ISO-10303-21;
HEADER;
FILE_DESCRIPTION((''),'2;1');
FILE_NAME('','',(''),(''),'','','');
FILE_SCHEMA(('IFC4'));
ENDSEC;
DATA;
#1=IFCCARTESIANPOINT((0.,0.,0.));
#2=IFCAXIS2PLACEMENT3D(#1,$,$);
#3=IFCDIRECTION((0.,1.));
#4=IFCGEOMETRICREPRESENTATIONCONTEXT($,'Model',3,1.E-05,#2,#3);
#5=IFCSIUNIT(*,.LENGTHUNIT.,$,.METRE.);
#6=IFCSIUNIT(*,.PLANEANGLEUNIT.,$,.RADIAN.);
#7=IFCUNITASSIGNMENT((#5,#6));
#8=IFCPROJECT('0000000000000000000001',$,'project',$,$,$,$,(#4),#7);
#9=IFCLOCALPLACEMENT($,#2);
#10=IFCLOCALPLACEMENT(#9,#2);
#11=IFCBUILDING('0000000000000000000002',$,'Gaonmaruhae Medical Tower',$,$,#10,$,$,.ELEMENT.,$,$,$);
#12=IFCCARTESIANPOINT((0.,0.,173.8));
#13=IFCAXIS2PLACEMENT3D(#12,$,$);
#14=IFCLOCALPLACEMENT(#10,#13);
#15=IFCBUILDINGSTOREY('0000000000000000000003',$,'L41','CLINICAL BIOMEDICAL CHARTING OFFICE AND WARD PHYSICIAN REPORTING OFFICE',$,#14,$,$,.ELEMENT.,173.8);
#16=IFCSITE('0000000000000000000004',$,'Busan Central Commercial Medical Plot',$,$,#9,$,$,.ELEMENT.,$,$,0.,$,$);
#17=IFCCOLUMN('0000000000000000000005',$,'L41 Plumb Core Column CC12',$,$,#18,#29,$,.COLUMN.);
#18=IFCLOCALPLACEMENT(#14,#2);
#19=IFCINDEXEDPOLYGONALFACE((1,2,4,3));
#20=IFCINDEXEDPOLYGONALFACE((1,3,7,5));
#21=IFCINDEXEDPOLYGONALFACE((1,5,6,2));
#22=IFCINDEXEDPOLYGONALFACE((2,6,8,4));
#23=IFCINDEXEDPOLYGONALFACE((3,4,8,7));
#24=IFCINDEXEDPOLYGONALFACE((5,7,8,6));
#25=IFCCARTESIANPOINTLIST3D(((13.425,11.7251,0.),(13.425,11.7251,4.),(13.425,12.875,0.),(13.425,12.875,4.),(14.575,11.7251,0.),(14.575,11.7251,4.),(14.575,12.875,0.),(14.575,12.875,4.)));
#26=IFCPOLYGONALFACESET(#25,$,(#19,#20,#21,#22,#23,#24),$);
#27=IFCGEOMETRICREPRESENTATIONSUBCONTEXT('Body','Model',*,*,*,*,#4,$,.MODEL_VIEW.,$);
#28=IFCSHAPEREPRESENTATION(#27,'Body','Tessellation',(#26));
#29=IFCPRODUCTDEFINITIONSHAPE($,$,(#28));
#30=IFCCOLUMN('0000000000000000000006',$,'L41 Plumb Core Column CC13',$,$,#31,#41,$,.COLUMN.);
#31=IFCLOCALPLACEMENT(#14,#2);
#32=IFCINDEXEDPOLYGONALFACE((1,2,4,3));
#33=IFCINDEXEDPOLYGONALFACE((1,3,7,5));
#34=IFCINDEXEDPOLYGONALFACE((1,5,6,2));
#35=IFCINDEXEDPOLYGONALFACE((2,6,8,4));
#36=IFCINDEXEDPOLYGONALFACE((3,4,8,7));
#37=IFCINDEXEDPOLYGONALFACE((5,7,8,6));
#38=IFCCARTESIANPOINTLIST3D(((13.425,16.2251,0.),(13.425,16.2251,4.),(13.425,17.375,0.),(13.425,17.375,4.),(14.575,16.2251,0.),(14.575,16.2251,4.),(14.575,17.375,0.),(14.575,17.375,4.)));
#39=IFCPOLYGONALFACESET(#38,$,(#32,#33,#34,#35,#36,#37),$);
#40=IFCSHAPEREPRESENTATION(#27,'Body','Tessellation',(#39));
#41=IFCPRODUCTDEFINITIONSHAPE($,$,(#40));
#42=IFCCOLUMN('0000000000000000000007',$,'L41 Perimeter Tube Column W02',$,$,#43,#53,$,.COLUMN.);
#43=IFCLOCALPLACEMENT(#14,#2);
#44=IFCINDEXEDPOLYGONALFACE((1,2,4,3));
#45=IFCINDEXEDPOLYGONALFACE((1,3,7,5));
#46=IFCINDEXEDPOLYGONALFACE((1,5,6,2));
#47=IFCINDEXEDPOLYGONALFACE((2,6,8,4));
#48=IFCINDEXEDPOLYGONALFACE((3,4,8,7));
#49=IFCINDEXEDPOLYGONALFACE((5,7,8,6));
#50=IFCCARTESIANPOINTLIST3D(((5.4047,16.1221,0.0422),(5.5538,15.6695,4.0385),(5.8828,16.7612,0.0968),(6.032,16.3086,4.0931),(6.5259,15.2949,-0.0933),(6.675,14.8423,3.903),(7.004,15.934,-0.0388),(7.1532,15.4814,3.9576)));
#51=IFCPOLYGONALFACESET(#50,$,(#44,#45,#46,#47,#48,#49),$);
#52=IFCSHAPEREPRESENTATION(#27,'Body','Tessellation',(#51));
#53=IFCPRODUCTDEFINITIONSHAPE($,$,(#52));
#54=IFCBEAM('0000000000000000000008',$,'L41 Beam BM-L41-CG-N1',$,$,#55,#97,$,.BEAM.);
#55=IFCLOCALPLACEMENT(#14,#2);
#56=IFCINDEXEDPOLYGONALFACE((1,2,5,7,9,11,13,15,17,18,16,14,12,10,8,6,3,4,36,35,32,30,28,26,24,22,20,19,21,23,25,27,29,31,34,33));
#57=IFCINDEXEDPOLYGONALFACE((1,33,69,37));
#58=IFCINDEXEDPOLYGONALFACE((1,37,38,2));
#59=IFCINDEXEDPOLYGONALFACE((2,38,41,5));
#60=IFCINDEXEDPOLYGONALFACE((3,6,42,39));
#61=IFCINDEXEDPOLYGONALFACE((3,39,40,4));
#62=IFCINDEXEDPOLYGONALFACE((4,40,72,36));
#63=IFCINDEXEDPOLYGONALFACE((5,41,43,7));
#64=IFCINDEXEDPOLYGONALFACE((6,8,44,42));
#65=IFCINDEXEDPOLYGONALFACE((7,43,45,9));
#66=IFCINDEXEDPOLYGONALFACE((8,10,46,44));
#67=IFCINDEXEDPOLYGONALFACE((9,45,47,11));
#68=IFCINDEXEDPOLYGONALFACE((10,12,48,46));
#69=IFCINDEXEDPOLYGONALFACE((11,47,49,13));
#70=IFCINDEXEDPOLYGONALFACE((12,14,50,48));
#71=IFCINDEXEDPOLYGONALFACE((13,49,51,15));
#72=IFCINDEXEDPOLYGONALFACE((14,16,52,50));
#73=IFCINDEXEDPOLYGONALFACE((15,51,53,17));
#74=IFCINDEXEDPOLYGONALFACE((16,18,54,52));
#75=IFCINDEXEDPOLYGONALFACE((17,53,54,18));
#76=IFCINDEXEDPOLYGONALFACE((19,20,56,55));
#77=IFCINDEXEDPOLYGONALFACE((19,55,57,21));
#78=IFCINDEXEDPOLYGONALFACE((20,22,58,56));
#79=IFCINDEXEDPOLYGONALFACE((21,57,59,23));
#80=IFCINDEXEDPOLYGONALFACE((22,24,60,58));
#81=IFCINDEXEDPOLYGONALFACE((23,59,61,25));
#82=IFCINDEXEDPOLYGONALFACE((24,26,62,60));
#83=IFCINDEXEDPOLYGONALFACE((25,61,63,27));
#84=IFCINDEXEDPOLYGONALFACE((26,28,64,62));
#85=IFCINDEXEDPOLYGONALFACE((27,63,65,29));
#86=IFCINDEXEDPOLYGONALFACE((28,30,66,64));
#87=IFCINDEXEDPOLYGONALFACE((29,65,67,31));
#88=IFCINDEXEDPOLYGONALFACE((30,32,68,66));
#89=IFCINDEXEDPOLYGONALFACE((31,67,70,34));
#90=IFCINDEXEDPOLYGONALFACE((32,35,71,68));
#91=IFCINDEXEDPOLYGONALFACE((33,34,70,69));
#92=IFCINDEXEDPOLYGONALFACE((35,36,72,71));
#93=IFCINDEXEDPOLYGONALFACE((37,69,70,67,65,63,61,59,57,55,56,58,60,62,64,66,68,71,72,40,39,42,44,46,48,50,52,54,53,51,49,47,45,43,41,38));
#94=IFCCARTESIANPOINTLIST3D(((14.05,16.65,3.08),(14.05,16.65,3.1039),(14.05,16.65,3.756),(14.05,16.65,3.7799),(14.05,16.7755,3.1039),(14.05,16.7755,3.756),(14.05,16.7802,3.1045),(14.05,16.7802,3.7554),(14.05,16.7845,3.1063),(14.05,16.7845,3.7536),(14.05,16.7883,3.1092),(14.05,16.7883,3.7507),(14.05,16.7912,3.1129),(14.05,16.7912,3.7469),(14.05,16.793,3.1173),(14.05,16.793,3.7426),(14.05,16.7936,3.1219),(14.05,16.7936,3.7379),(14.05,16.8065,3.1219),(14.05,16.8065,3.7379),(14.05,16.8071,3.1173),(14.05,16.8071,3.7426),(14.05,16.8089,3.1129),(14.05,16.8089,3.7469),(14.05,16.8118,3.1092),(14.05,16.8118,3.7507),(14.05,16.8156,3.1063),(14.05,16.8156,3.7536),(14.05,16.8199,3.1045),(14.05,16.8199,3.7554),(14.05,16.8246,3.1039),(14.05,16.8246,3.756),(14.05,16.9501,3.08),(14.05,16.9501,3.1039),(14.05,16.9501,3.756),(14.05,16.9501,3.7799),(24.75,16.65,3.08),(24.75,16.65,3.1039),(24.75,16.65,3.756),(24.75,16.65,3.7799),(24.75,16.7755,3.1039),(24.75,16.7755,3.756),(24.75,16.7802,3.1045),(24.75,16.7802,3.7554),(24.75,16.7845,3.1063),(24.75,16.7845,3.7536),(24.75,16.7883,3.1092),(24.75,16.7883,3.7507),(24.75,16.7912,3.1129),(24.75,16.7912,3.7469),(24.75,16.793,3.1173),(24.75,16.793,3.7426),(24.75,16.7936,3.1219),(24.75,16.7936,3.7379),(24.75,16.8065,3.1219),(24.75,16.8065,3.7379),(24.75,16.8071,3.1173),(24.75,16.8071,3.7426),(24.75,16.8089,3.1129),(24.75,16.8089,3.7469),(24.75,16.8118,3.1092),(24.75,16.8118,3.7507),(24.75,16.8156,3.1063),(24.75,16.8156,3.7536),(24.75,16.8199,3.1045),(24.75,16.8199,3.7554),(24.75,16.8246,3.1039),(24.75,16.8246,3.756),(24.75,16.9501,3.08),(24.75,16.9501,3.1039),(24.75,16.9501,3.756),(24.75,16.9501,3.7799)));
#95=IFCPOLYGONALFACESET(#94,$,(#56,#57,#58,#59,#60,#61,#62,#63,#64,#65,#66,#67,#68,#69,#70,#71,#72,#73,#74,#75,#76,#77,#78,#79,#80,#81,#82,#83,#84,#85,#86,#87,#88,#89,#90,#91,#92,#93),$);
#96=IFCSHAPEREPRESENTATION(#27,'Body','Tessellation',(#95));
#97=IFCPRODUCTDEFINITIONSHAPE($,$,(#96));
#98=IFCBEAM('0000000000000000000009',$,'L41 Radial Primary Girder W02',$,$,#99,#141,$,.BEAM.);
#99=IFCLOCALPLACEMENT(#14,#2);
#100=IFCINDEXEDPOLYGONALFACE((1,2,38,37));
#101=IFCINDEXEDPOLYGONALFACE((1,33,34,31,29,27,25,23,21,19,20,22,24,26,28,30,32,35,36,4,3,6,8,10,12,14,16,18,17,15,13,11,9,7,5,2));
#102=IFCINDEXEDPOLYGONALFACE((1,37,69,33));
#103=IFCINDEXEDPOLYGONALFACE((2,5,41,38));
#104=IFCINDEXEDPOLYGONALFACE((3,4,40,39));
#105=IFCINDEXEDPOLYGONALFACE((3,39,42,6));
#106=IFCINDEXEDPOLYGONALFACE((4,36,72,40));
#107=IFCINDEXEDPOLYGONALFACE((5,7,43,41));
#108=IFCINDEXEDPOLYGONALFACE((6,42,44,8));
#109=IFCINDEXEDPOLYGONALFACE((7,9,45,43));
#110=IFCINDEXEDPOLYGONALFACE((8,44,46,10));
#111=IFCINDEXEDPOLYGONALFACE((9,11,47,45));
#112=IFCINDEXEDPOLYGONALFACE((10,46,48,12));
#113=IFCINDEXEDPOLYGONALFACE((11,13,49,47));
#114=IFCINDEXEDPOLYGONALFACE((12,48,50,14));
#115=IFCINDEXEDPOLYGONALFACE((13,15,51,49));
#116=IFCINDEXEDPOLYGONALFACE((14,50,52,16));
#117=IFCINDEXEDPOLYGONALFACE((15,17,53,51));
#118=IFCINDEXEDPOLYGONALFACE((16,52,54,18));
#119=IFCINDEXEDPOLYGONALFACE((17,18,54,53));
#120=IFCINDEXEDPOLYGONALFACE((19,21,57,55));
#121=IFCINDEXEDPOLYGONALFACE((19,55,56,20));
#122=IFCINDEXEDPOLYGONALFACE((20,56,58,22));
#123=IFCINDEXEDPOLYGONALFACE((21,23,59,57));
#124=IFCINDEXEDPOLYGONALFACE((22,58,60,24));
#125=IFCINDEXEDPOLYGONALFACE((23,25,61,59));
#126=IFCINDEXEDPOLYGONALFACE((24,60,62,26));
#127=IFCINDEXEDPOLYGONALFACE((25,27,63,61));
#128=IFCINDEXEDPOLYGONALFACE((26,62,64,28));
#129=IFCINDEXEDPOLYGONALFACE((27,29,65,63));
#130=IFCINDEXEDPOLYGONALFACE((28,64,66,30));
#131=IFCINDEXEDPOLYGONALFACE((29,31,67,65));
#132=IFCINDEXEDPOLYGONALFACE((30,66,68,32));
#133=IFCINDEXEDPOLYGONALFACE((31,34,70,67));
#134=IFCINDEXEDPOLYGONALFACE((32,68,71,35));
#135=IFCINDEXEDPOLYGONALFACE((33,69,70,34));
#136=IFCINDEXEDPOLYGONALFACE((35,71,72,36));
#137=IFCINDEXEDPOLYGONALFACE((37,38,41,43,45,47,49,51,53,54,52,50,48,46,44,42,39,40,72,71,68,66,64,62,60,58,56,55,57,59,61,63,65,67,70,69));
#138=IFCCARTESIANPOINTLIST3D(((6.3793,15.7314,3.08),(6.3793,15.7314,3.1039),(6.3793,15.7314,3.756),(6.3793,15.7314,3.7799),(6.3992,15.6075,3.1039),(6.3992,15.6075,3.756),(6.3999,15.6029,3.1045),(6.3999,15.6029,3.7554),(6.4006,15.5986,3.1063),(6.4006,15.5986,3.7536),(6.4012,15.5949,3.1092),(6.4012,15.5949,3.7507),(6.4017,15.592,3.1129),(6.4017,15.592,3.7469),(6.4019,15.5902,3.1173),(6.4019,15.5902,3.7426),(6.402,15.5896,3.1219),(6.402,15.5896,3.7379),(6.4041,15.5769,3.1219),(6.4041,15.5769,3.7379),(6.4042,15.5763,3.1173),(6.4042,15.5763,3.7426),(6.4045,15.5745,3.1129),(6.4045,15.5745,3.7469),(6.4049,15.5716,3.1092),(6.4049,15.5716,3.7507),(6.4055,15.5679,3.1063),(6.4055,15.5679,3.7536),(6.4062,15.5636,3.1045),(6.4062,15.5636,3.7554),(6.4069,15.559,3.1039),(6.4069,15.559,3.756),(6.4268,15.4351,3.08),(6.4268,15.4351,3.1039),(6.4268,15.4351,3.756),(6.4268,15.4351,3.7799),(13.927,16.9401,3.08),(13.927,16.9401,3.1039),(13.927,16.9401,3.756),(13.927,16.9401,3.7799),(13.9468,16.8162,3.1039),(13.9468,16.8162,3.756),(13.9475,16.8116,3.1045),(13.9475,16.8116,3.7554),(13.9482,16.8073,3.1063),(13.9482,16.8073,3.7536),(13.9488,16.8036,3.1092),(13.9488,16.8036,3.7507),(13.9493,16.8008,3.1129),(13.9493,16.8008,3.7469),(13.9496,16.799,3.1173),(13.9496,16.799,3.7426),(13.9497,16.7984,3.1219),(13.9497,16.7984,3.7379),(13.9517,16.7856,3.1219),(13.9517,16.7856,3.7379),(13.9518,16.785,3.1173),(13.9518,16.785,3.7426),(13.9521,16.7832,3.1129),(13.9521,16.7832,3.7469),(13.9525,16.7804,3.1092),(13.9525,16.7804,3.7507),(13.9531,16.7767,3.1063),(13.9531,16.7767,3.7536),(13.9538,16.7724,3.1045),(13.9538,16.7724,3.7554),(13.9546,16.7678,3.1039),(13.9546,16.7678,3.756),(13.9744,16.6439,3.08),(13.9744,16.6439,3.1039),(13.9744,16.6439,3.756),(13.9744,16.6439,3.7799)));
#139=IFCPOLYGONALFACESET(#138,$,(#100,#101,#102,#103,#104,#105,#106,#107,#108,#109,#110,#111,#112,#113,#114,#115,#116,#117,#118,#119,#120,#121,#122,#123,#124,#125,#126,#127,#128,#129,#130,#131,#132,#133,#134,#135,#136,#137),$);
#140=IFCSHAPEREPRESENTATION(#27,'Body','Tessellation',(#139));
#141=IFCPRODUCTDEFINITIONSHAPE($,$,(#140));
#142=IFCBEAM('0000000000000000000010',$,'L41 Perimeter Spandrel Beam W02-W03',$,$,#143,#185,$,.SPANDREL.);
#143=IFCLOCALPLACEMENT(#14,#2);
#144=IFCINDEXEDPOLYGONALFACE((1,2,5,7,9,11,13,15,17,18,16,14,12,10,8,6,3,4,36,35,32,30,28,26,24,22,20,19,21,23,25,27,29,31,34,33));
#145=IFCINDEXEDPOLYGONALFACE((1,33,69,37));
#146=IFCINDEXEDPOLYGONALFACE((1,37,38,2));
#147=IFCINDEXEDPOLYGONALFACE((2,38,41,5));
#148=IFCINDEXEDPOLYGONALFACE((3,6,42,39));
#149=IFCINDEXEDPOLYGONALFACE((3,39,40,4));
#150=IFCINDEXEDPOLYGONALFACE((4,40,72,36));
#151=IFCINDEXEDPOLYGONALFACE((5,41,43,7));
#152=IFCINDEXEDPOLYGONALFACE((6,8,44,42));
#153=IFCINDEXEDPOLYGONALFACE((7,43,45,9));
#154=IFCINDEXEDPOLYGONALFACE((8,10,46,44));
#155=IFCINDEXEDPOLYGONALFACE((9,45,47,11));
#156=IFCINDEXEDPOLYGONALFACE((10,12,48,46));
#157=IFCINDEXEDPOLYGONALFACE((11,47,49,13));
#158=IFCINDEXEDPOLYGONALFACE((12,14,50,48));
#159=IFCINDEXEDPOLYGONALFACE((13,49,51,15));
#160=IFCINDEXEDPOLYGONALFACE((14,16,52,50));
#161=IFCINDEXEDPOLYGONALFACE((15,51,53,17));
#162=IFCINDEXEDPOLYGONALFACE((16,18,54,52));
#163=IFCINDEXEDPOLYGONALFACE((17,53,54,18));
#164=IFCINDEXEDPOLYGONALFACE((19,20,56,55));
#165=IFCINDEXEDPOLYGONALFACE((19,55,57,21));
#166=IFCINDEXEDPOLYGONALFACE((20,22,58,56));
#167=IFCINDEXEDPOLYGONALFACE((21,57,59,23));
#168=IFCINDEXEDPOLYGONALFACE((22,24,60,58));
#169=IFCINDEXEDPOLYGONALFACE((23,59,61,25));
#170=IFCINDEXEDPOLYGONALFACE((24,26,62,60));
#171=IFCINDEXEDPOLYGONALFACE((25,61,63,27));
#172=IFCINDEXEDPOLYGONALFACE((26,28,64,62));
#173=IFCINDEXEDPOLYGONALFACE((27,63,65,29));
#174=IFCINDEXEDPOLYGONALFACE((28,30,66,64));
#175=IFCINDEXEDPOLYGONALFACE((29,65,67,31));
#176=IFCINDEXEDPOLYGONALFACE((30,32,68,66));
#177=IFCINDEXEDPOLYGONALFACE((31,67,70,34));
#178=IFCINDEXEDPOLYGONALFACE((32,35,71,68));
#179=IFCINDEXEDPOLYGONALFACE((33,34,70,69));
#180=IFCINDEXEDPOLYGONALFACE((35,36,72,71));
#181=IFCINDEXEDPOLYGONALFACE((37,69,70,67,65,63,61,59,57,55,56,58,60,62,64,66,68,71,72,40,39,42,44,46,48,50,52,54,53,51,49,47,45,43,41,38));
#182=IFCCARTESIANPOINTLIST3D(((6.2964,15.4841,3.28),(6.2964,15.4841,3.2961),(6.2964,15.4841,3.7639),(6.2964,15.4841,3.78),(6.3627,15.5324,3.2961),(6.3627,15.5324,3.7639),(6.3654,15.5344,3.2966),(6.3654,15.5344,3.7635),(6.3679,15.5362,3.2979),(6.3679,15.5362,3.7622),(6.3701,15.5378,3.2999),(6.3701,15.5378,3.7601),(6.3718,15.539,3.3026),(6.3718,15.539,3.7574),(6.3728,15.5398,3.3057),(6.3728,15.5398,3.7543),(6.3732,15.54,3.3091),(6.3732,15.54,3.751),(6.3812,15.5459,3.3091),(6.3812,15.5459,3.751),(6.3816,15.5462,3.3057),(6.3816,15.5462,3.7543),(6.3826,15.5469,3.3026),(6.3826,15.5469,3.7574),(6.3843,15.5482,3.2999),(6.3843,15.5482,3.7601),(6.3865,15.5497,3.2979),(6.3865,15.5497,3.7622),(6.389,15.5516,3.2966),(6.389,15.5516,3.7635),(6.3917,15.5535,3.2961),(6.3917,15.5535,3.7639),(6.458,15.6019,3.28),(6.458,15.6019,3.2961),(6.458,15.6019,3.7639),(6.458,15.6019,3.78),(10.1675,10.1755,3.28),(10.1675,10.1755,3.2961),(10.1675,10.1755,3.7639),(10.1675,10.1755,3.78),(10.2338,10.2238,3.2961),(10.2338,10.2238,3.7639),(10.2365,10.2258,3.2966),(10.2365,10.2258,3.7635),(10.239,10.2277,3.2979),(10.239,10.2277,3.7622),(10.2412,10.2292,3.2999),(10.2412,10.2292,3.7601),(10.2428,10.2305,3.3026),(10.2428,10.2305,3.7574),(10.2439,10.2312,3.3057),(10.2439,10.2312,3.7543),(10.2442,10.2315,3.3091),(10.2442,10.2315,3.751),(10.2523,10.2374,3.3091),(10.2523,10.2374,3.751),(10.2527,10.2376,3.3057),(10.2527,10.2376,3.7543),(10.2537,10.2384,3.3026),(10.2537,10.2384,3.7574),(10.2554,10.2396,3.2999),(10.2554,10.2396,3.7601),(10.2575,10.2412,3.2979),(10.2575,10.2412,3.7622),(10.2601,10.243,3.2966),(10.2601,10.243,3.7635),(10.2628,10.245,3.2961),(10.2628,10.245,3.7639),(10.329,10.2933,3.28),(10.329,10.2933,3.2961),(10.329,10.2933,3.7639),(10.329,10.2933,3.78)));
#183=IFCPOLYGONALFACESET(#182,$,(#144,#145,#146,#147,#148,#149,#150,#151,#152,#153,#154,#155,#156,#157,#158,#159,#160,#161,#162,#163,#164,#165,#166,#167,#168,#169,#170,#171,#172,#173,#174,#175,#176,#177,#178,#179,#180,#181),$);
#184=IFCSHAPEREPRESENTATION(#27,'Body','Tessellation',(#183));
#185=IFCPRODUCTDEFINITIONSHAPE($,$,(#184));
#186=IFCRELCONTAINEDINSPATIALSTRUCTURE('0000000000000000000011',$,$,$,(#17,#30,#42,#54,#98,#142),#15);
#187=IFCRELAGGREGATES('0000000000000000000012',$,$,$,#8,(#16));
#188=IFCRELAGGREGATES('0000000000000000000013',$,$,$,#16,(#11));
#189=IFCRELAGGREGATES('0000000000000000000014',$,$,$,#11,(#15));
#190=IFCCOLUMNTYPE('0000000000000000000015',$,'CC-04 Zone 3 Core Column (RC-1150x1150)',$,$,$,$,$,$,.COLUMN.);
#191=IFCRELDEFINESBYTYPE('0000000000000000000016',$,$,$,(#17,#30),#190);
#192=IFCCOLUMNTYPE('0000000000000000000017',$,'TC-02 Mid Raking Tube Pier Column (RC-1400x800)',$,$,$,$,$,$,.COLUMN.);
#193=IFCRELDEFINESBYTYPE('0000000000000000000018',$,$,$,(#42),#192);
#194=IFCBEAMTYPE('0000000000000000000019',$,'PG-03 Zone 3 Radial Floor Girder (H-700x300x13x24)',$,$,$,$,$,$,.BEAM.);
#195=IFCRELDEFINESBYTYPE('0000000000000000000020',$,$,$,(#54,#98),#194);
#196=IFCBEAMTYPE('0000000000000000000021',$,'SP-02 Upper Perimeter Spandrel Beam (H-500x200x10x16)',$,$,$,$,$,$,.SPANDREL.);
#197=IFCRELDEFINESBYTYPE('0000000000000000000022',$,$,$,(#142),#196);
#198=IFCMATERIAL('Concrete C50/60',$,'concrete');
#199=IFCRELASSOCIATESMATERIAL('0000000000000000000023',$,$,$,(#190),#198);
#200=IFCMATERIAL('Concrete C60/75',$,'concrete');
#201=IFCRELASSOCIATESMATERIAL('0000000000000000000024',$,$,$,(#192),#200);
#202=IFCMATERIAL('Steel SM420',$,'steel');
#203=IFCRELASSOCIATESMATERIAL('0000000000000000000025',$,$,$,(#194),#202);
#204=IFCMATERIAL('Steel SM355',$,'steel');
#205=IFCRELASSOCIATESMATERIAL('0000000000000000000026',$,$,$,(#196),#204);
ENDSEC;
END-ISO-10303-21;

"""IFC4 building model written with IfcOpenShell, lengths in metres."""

from ifc_helpers import new_model, si_unit, direction, frame, origin, origin_2d, place, context, subcontext, project, spatial, rectangle, i_section, extrude, material, material_profile, profile_set, type_object, element, save


model = new_model("IFC4")

# Units and contexts
model_context = context("Model", 3, precision=1e-05, world=origin(), true_north=direction((0.0, 1.0)))
body_context = subcontext(model_context, "Body", "Model", "MODEL_VIEW")
ifc_project = project(units=[si_unit("LENGTHUNIT", "METRE"), si_unit("PLANEANGLEUNIT", "RADIAN")], contexts=[model_context])

# Site, building, storey
site_placement = place(None, origin())
site = spatial("IfcSite", under=ifc_project, at=site_placement, Name="Busan Central Commercial Medical Plot", CompositionType="ELEMENT", RefElevation=0.0)
building_placement = place(site_placement, origin())
building = spatial("IfcBuilding", under=site, at=building_placement, Name="Gaonmaruhae Medical Tower", CompositionType="ELEMENT")
storey_placement = place(building_placement, frame((0.0, 0.0, 173.8)))
storey = spatial("IfcBuildingStorey", under=building, at=storey_placement, Name="L41", Description="CLINICAL BIOMEDICAL CHARTING OFFICE AND WARD PHYSICIAN REPORTING OFFICE", CompositionType="ELEMENT", Elevation=173.8)

# Columns
ifc_material_1 = material(Name="Concrete C50/60", Category="concrete")
ifc_material_profile_1 = material_profile(ifc_material_1, rectangle(XDim=1.1499, YDim=1.1499, at=origin_2d()), Name="RC-1150x1150")
ifc_profile_set_1 = profile_set([ifc_material_profile_1], Name="Concrete C50/60")
column_type_1 = type_object("IfcColumnType", Name="CC-04 Zone 3 Core Column (RC-1150x1150)", PredefinedType="COLUMN", material=ifc_profile_set_1)
for number, where, z_axis, x_axis, name in (
    (1, (14.0, 12.3, 0.0), (0.0, 0.0, 1.0), (1.0, 0.0, 0.0), "L41 Plumb Core Column CC12"),
    (2, (14.0, 16.8, 0.0), (0.0, 0.0, 1.0), (1.0, 0.0, 0.0), "L41 Plumb Core Column CC13"),
):
    element("IfcColumn", number, at=place(storey_placement, frame(where, z_axis=z_axis, x_axis=x_axis)), inside=storey, type_object=column_type_1, Name=name, PredefinedType="COLUMN", context=body_context, shape_type="SweptSolid", body=[
        extrude(rectangle(XDim=1.1499, YDim=1.1499, at=origin_2d()), origin(), (0.0, 0.0, 1.0), 4.0),
    ])
ifc_material_2 = material(Name="Concrete C60/75", Category="concrete")
ifc_material_profile_2 = material_profile(ifc_material_2, rectangle(XDim=1.3999, YDim=0.8, at=origin_2d()), Name="RC-1400x800")
ifc_profile_set_2 = profile_set([ifc_material_profile_2], Name="Concrete C60/75")
column_type_2 = type_object("IfcColumnType", Name="TC-02 Mid Raking Tube Pier Column (RC-1400x800)", PredefinedType="COLUMN", material=ifc_profile_set_2)
column_placement = place(storey_placement, frame((6.2043, 16.0281, 0.0017), z_axis=(0.037064, -0.112466, 0.992964), x_axis=(-0.800913, 0.590901, 0.096823)))
element("IfcColumn", 3, at=column_placement, inside=storey, type_object=column_type_2, Name="L41 Perimeter Tube Column W02", PredefinedType="COLUMN", context=body_context, shape_type="SweptSolid", body=[
    extrude(rectangle(XDim=1.3999, YDim=0.8, at=origin_2d()), origin(), (0.0, 0.0, 1.0), 4.0247),
])

# Beams
ifc_material_3 = material(Name="Steel SM420", Category="steel")
ifc_material_profile_3 = material_profile(ifc_material_3, i_section(OverallWidth=0.3, OverallDepth=0.7, WebThickness=0.0129, FlangeThickness=0.0239, FilletRadius=0.0181, at=origin_2d()), Name="H-700x300x13x24")
ifc_profile_set_3 = profile_set([ifc_material_profile_3], Name="Steel SM420")
beam_type_1 = type_object("IfcBeamType", Name="PG-03 Zone 3 Radial Floor Girder (H-700x300x13x24)", PredefinedType="BEAM", material=ifc_profile_set_3)
beam_1_placement = place(storey_placement, frame((14.05, 16.8, 3.4299), z_axis=(1.0, 0.0, 0.0), x_axis=(0.0, 1.0, 0.0)))
element("IfcBeam", 4, at=beam_1_placement, inside=storey, type_object=beam_type_1, Name="L41 Beam BM-L41-CG-N1", PredefinedType="BEAM", context=body_context, shape_type="SweptSolid", body=[
    extrude(i_section(OverallWidth=0.3, OverallDepth=0.7, WebThickness=0.0129, FlangeThickness=0.0239, FilletRadius=0.0181, at=origin_2d()), origin(), (0.0, 0.0, 1.0), 10.7),
])
beam_2_placement = place(storey_placement, frame((13.9507, 16.792, 3.4299), z_axis=(-0.987418, -0.158134, 0.0), x_axis=(0.158134, -0.987418, 0.0)))
element("IfcBeam", 5, at=beam_2_placement, inside=storey, type_object=beam_type_1, Name="L41 Radial Primary Girder W02", PredefinedType="BEAM", context=body_context, shape_type="SweptSolid", body=[
    extrude(i_section(OverallWidth=0.3, OverallDepth=0.7, WebThickness=0.0129, FlangeThickness=0.0239, FilletRadius=0.0181, at=origin_2d()), origin(), (0.0, 0.0, 1.0), 7.6438),
])
ifc_material_4 = material(Name="Steel SM355", Category="steel")
ifc_material_profile_4 = material_profile(ifc_material_4, i_section(OverallWidth=0.2, OverallDepth=0.5, WebThickness=0.01, FlangeThickness=0.0161, FilletRadius=0.0129, at=origin_2d()), Name="H-500x200x10x16")
ifc_profile_set_4 = profile_set([ifc_material_profile_4], Name="Steel SM355")
beam_type_2 = type_object("IfcBeamType", Name="SP-02 Upper Perimeter Spandrel Beam (H-500x200x10x16)", PredefinedType="SPANDREL", material=ifc_profile_set_4)
beam_3_placement = place(storey_placement, frame((6.3772, 15.543, 3.53), z_axis=(0.589196, -0.80799, 0.0), x_axis=(0.80799, 0.589196, 0.0)))
element("IfcBeam", 6, at=beam_3_placement, inside=storey, type_object=beam_type_2, Name="L41 Perimeter Spandrel Beam W02-W03", PredefinedType="SPANDREL", context=body_context, shape_type="SweptSolid", body=[
    extrude(i_section(OverallWidth=0.2, OverallDepth=0.5, WebThickness=0.01, FlangeThickness=0.0161, FilletRadius=0.0129, at=origin_2d()), origin(), (0.0, 0.0, 1.0), 6.5701),
])

save(model, "model.ifc")
